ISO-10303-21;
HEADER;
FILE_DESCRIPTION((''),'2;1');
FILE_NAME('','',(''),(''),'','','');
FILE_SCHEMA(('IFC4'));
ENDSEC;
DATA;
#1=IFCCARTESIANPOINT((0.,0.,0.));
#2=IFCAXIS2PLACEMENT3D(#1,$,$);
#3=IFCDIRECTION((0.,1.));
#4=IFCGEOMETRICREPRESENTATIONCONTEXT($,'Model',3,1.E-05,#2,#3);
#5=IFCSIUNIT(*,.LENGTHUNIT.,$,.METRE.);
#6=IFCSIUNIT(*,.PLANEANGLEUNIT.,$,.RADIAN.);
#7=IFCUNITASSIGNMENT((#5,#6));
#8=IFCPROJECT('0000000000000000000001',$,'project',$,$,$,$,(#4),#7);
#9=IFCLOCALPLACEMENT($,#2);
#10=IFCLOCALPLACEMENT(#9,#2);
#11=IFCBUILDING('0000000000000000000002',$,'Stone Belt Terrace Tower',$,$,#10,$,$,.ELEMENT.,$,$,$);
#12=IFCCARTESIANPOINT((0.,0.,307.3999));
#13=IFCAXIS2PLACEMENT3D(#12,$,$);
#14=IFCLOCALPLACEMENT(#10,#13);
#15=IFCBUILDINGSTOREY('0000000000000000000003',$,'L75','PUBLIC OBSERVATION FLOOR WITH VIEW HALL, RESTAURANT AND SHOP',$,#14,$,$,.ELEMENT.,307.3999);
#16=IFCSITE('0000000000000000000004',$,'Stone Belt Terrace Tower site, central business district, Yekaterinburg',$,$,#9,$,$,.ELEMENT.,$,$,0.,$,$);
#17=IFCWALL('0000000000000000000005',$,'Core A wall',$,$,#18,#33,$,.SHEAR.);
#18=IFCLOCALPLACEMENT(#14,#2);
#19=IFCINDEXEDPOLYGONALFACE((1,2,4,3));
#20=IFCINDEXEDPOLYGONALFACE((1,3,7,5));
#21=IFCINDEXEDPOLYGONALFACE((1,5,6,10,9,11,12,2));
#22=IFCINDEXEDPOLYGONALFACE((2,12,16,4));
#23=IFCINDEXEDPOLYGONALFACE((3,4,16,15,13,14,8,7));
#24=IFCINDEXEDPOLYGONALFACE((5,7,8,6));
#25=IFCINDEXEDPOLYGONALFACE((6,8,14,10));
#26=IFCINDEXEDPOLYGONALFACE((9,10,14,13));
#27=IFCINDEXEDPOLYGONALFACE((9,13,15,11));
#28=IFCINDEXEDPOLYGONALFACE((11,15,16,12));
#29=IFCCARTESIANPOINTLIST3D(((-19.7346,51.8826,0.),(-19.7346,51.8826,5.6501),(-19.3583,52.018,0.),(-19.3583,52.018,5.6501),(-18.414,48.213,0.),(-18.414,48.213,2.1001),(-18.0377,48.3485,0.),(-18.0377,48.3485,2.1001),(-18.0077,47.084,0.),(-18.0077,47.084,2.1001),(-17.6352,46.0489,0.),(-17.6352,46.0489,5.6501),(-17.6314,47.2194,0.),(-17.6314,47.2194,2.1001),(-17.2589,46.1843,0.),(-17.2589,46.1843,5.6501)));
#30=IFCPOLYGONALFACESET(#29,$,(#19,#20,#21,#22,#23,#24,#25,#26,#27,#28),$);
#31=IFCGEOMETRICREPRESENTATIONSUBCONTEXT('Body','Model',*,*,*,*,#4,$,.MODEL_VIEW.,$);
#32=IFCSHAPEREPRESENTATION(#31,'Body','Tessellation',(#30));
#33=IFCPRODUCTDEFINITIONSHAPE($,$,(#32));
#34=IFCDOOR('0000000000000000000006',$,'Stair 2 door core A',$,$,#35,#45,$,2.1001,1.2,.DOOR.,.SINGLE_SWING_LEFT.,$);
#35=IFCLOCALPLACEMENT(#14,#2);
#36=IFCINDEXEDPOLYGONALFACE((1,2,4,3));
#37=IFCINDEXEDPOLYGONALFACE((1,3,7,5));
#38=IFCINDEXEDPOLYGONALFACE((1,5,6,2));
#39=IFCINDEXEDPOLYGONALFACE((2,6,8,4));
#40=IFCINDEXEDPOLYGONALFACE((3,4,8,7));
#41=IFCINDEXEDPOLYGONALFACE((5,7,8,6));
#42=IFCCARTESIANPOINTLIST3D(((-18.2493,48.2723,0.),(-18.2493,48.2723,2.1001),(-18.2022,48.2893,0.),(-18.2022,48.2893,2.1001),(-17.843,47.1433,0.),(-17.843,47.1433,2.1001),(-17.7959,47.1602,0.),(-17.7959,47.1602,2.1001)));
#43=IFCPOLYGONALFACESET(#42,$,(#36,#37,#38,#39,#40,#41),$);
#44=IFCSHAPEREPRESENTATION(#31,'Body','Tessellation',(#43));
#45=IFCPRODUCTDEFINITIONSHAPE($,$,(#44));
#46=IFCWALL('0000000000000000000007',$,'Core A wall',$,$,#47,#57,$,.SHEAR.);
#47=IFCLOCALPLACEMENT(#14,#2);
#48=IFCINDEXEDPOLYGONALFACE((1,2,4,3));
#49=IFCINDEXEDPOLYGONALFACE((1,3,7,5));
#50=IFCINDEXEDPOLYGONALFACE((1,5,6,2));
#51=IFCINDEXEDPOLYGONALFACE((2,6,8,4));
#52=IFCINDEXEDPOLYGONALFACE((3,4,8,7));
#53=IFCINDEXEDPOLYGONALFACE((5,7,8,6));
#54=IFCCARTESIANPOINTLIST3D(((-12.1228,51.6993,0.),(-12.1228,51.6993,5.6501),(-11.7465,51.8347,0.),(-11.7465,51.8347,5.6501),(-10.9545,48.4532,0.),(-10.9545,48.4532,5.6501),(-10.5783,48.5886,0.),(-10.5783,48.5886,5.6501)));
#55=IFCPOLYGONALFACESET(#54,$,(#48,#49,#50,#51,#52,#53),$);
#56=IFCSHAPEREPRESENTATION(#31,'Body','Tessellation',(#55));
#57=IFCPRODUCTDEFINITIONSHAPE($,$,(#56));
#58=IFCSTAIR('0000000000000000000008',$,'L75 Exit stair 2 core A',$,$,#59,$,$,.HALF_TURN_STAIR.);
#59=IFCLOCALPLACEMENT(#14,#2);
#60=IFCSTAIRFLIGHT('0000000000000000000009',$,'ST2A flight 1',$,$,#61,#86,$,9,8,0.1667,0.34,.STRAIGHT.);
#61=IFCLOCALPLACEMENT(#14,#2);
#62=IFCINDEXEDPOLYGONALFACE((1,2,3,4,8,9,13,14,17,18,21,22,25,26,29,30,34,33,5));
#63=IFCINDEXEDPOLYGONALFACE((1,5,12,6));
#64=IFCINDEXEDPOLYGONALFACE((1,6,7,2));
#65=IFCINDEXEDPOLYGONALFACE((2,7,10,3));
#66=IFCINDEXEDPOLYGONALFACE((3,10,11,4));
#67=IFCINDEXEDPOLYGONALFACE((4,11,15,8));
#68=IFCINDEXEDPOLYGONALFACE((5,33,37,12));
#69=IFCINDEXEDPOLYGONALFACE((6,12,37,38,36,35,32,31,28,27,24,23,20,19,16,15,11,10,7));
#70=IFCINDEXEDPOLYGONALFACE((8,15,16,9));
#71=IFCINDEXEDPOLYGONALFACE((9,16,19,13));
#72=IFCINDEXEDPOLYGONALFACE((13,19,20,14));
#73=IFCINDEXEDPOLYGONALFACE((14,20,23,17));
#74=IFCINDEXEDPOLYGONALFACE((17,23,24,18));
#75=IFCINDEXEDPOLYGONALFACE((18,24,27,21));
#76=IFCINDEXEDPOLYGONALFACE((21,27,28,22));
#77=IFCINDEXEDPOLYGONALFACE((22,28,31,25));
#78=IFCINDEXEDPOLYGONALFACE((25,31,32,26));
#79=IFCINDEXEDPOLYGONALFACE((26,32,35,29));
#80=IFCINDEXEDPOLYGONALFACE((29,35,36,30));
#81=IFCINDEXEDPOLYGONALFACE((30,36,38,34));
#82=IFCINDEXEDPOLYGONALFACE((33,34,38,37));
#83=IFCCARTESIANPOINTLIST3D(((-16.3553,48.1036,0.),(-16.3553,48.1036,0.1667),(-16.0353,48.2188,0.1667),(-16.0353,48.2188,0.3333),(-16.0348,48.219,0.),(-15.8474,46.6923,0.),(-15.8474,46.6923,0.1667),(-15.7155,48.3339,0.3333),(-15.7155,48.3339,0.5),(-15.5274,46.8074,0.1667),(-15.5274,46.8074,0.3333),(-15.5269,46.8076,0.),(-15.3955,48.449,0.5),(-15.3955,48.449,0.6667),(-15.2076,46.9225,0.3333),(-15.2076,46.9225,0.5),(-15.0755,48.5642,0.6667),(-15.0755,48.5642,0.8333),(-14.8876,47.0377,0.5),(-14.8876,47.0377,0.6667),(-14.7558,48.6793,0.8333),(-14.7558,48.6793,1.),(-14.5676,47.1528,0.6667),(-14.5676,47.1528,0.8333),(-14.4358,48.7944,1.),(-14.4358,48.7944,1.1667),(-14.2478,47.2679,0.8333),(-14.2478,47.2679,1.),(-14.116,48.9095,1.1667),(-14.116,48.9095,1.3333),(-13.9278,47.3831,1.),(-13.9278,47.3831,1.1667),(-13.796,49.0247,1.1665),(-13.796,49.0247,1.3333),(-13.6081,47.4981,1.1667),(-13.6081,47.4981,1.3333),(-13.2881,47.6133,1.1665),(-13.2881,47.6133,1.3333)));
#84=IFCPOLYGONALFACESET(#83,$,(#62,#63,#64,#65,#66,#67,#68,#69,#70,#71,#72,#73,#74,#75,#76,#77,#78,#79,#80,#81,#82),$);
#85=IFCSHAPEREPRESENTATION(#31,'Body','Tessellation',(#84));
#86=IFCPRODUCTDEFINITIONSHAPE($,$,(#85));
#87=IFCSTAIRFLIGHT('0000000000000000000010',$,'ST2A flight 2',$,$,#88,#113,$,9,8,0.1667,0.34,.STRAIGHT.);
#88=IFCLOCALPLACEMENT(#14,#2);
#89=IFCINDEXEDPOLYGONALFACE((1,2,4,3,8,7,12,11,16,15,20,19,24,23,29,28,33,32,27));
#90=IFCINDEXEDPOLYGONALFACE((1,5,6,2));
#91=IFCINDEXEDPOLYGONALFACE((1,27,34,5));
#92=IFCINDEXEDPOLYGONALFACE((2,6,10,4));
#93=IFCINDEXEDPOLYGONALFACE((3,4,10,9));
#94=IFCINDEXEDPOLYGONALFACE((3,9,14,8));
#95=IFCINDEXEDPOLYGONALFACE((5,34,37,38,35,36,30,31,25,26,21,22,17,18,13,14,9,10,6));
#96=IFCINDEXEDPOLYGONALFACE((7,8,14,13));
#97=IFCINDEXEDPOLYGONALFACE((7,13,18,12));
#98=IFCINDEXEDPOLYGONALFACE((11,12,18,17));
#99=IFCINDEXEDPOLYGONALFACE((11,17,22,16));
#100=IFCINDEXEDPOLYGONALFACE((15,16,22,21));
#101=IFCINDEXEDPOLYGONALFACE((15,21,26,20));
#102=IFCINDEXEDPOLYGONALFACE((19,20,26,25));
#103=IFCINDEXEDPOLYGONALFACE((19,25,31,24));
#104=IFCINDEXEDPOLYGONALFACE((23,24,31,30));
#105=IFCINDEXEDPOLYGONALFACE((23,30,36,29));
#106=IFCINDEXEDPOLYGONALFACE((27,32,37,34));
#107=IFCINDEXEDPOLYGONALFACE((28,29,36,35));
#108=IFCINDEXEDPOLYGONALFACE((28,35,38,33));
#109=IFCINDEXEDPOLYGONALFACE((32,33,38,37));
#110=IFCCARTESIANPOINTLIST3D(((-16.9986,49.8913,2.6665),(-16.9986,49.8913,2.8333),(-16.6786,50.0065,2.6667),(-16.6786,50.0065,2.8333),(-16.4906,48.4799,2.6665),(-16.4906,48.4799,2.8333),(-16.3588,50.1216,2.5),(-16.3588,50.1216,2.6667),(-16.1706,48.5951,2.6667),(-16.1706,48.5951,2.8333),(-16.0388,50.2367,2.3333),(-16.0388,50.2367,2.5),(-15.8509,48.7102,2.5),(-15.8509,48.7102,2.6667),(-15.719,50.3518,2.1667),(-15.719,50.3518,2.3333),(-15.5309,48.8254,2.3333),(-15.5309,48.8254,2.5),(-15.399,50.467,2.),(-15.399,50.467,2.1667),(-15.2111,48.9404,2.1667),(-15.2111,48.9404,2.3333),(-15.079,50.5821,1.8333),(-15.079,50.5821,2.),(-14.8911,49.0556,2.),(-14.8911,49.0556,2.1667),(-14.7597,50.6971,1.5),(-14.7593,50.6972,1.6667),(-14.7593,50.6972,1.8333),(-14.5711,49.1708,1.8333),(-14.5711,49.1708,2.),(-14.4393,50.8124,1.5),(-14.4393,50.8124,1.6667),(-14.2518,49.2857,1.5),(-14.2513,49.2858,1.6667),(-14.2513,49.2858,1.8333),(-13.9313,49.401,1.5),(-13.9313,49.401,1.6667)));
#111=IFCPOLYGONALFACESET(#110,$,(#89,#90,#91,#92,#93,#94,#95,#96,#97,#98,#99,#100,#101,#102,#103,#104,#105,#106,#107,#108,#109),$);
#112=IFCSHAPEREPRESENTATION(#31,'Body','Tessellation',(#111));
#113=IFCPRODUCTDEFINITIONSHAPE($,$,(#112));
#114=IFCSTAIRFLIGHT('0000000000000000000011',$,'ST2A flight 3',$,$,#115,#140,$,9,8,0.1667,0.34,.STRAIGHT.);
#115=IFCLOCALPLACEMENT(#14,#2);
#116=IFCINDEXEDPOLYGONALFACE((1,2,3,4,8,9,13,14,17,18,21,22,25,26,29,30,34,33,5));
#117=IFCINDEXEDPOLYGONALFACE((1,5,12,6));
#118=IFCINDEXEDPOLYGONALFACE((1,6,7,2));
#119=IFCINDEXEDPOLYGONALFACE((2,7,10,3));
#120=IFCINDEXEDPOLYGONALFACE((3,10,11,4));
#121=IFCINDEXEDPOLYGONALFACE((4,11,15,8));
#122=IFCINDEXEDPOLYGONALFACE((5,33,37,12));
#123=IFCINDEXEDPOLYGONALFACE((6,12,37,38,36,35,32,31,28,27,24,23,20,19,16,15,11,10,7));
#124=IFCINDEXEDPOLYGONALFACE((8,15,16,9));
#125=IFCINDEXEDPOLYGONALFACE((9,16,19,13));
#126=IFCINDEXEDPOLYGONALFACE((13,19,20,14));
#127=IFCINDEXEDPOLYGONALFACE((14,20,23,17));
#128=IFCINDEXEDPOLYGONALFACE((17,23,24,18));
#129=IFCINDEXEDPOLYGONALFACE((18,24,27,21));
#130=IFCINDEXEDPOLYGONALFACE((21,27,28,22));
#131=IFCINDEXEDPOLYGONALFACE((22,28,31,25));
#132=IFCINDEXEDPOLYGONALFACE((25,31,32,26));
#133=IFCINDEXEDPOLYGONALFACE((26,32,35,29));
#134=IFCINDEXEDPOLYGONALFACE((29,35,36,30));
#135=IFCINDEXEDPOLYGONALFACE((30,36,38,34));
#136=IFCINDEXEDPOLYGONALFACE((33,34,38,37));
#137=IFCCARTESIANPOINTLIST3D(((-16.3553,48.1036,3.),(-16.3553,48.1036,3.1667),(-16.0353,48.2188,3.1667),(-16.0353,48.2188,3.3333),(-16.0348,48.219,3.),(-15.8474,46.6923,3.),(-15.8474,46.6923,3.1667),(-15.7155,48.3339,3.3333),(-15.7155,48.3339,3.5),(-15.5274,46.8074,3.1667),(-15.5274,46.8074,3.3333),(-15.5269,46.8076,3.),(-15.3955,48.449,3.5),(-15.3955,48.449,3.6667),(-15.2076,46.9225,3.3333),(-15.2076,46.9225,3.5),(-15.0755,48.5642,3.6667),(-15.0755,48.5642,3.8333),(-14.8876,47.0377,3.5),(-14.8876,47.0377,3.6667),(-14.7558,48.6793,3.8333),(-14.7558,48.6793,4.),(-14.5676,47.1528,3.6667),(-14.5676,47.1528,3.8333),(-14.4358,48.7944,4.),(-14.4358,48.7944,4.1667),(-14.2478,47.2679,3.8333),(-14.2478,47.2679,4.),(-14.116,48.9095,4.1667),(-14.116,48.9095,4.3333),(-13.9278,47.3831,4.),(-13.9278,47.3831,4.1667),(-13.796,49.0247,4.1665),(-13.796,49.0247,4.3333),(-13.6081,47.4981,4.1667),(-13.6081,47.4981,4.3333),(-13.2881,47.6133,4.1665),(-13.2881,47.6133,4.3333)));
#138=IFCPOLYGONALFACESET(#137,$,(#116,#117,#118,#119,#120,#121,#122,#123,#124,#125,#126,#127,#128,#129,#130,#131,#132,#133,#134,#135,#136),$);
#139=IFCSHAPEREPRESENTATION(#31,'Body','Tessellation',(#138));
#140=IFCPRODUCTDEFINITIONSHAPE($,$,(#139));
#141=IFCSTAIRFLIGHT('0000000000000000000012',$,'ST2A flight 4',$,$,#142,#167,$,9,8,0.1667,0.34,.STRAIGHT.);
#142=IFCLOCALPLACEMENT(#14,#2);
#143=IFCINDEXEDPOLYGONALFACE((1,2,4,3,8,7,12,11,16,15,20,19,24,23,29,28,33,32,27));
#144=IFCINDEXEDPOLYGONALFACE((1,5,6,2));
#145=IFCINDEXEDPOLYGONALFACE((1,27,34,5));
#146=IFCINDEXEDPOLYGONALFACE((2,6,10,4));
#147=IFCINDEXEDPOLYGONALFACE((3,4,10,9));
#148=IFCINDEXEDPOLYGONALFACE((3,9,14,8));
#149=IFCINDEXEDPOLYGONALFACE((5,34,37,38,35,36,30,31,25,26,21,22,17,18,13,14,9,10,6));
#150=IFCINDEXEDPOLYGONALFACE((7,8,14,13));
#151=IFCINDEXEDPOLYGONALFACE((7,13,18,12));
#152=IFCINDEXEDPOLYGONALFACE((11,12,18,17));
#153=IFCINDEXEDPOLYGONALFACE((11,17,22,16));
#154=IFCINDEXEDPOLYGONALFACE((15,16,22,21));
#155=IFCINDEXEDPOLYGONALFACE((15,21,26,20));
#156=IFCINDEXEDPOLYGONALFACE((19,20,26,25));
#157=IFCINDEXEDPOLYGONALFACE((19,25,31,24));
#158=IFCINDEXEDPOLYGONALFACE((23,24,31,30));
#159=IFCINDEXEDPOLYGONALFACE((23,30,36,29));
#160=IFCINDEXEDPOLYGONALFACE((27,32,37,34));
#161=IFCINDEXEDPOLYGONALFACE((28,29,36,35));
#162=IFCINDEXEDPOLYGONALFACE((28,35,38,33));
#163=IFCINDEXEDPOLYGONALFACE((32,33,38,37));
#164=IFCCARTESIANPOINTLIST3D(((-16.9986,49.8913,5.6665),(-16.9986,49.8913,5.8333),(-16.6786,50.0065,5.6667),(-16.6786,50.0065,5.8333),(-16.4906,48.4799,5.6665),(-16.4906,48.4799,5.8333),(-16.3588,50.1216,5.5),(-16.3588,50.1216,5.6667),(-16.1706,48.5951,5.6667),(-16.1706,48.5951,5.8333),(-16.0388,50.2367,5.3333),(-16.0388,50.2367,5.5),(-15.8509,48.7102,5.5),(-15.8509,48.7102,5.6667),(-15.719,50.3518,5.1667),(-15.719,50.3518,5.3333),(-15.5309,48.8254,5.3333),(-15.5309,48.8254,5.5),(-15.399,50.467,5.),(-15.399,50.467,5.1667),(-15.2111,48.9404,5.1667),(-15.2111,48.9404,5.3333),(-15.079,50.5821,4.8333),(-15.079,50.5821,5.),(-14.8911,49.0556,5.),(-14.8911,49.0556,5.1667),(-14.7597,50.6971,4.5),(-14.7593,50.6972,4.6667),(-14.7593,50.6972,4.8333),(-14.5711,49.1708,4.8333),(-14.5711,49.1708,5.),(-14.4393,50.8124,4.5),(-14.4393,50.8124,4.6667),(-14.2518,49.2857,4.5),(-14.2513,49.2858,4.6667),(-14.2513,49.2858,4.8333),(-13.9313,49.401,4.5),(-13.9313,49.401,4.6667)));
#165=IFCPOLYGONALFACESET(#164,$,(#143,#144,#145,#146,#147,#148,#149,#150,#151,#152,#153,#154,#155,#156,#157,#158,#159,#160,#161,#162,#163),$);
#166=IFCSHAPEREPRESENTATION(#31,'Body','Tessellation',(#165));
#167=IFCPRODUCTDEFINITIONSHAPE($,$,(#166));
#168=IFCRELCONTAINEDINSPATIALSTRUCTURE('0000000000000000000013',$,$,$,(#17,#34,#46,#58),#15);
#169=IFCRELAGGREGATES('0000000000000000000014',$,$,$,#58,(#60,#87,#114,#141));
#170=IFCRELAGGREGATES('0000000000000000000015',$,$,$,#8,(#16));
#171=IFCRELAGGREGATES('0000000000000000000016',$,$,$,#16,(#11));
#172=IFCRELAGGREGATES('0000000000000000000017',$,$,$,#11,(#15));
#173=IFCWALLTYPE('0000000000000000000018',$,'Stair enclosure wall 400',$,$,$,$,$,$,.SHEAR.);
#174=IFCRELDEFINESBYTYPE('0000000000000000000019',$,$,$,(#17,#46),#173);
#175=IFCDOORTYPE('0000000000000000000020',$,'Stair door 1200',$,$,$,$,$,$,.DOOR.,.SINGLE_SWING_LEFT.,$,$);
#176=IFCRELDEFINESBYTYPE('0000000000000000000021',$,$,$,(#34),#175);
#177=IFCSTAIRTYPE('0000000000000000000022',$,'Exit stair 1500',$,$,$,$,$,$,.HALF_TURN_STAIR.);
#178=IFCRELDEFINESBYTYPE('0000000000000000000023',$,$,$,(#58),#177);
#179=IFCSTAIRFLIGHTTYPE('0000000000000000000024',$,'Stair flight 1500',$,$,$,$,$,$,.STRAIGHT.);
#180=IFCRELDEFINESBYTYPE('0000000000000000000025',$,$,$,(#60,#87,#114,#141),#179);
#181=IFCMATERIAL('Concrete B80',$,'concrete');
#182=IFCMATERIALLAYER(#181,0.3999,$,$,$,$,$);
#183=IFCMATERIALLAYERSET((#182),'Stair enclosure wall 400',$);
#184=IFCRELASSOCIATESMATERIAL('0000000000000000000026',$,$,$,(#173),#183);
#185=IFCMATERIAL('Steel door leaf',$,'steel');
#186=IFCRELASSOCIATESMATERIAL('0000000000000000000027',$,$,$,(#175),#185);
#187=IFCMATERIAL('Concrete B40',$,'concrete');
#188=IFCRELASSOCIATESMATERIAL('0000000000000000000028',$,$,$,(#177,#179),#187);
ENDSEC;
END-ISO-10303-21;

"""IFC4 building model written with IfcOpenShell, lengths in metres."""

from ifc_helpers import new_model, si_unit, direction, frame, frame_2d, origin, place, context, subcontext, project, spatial, polyline, rectangle, outline, extrude, material, layer, layer_set, type_object, element, fill, aggregate, save


model = new_model("IFC4")

# Units and contexts
model_context = context("Model", 3, precision=1e-05, world=origin(), true_north=direction((0.0, 1.0)))
body_context = subcontext(model_context, "Body", "Model", "MODEL_VIEW")
ifc_project = project(units=[si_unit("LENGTHUNIT", "METRE"), si_unit("PLANEANGLEUNIT", "RADIAN")], contexts=[model_context])

# Site, building, storey
site_placement = place(None, origin())
site = spatial("IfcSite", under=ifc_project, at=site_placement, Name="Stone Belt Terrace Tower site, central business district, Yekaterinburg", CompositionType="ELEMENT", RefElevation=0.0)
building_placement = place(site_placement, origin())
building = spatial("IfcBuilding", under=site, at=building_placement, Name="Stone Belt Terrace Tower", CompositionType="ELEMENT")
storey_placement = place(building_placement, frame((0.0, 0.0, 307.3999)))
storey = spatial("IfcBuildingStorey", under=building, at=storey_placement, Name="L75", Description="PUBLIC OBSERVATION FLOOR WITH VIEW HALL, RESTAURANT AND SHOP", CompositionType="ELEMENT", Elevation=307.3999)

# Wall, opening, door
ifc_material_1 = material(Name="Concrete B80", Category="concrete")
ifc_layer_1 = layer(ifc_material_1, 0.3999)
ifc_layer_set_1 = layer_set([ifc_layer_1], Name="Stair enclosure wall 400")
wall_type_1 = type_object("IfcWallType", Name="Stair enclosure wall 400", PredefinedType="SHEAR", material=ifc_layer_set_1)
wall_1_placement = place(storey_placement, frame((-17.447, 46.1165, 0.0), z_axis=(0.0, 0.0, 1.0), x_axis=(-0.338608, 0.940928, 0.0)))
wall_1 = element("IfcWall", 1, at=wall_1_placement, inside=storey, type_object=wall_type_1, Name="Core A wall", PredefinedType="SHEAR", context=body_context, shape_type="SweptSolid", body=[
    extrude(rectangle(XDim=6.2, YDim=0.3999, at=frame_2d((3.1001, 0.0))), origin(), (0.0, 0.0, 1.0), 5.6501),
])
opening_1_placement = place(wall_1_placement, frame((1.1001, 0.0, 0.0)))
opening_1 = element("IfcOpeningElement", 2, at=opening_1_placement, cuts=wall_1, PredefinedType="OPENING", context=body_context, shape_type="SweptSolid", body=[
    extrude(rectangle(XDim=1.2, YDim=2.1001, at=frame_2d((0.6001, 1.05))), frame((0.0, 0.21, 0.0), z_axis=(0.0, -1.0, 0.0), x_axis=(1.0, 0.0, 0.0)), (0.0, 0.0, 1.0), 0.4199),
])
ifc_material_2 = material(Name="Steel door leaf", Category="steel")
door_type_1 = type_object("IfcDoorType", Name="Stair door 1200", OperationType="SINGLE_SWING_LEFT", PredefinedType="DOOR", material=ifc_material_2)
door_1_placement = place(opening_1_placement, origin())
door_1 = element("IfcDoor", 3, at=door_1_placement, inside=storey, type_object=door_type_1, Name="Stair 2 door core A", OperationType="SINGLE_SWING_LEFT", OverallHeight=2.1001, OverallWidth=1.2, PredefinedType="DOOR", context=body_context, shape_type="SweptSolid", body=[
    extrude(rectangle(XDim=1.2, YDim=2.1001, at=frame_2d((0.6001, 1.05))), frame((0.0, 0.0249, 0.0), z_axis=(0.0, -1.0, 0.0), x_axis=(1.0, 0.0, 0.0)), (0.0, 0.0, 1.0), 0.05),
])
fill(opening_1, door_1)

# Wall
wall_2_placement = place(storey_placement, frame((-10.7664, 48.5208, 0.0), z_axis=(0.0, 0.0, 1.0), x_axis=(-0.338622, 0.940923, 0.0)))
element("IfcWall", 4, at=wall_2_placement, inside=storey, type_object=wall_type_1, Name="Core A wall", PredefinedType="SHEAR", context=body_context, shape_type="SweptSolid", body=[
    extrude(rectangle(XDim=3.45, YDim=0.3999, at=frame_2d((1.7251, 0.0))), origin(), (0.0, 0.0, 1.0), 5.6501),
])

# Stair, stair flights
ifc_material_3 = material(Name="Concrete B40", Category="concrete")
stair_type = type_object("IfcStairType", Name="Exit stair 1500", PredefinedType="HALF_TURN_STAIR", material=ifc_material_3)
stair_placement = place(storey_placement, origin())
stair = element("IfcStair", 5, at=stair_placement, inside=storey, type_object=stair_type, Name="L75 Exit stair 2 core A", PredefinedType="HALF_TURN_STAIR")
stair_flight_type = type_object("IfcStairFlightType", Name="Stair flight 1500", PredefinedType="STRAIGHT", material=ifc_material_3)
stair_flight_1_placement = place(storey_placement, frame((-16.1013, 47.3979, 0.0), z_axis=(0.0, 0.0, 1.0), x_axis=(0.940922, 0.338624, 0.0)))
stair_flight_1 = element("IfcStairFlight", 6, at=stair_flight_1_placement, type_object=stair_flight_type, Name="ST2A flight 1", NumberOfRisers=9, NumberOfTreads=8, PredefinedType="STRAIGHT", RiserHeight=0.1667, TreadLength=0.34, context=body_context, shape_type="SweptSolid", body=[
    extrude(outline(polyline([(0.0, 0.0), (0.0, 0.1667), (0.3401, 0.1667), (0.3401, 0.3333), (0.6799, 0.3333), (0.6799, 0.5), (1.02, 0.5), (1.02, 0.6667), (1.3601, 0.6667), (1.3601, 0.8333), (1.7, 0.8333), (1.7, 1.0), (2.04, 1.0), (2.04, 1.1667), (2.3799, 1.1667), (2.3799, 1.3333), (2.72, 1.3333), (2.72, 1.5), (2.72, 1.1665), (0.3406, 0.0), (0.0, 0.0)])), frame((0.0, 0.75, 0.0), z_axis=(0.0, -1.0, 0.0), x_axis=(1.0, 0.0, 0.0)), (0.0, 0.0, 1.0), 1.5),
])
stair_flight_2_placement = place(storey_placement, frame((-14.1853, 50.1067, 1.5), z_axis=(0.0, 0.0, 1.0), x_axis=(-0.940922, -0.338624, 0.0)))
stair_flight_2 = element("IfcStairFlight", 7, at=stair_flight_2_placement, type_object=stair_flight_type, Name="ST2A flight 2", NumberOfRisers=9, NumberOfTreads=8, PredefinedType="STRAIGHT", RiserHeight=0.1667, TreadLength=0.34, context=body_context, shape_type="SweptSolid", body=[
    extrude(outline(polyline([(0.0, 0.0), (0.0, 0.1667), (0.3401, 0.1667), (0.3401, 0.3333), (0.6799, 0.3333), (0.6799, 0.5), (1.02, 0.5), (1.02, 0.6667), (1.3601, 0.6667), (1.3601, 0.8333), (1.7, 0.8333), (1.7, 1.0), (2.04, 1.0), (2.04, 1.1667), (2.3799, 1.1667), (2.3799, 1.3333), (2.72, 1.3333), (2.72, 1.5), (2.72, 1.1665), (0.3406, 0.0), (0.0, 0.0)])), frame((0.0, 0.75, 0.0), z_axis=(0.0, -1.0, 0.0), x_axis=(1.0, 0.0, 0.0)), (0.0, 0.0, 1.0), 1.5),
])
stair_flight_3_placement = place(storey_placement, frame((-16.1013, 47.3979, 3.0), z_axis=(0.0, 0.0, 1.0), x_axis=(0.940922, 0.338624, 0.0)))
stair_flight_3 = element("IfcStairFlight", 8, at=stair_flight_3_placement, type_object=stair_flight_type, Name="ST2A flight 3", NumberOfRisers=9, NumberOfTreads=8, PredefinedType="STRAIGHT", RiserHeight=0.1667, TreadLength=0.34, context=body_context, shape_type="SweptSolid", body=[
    extrude(outline(polyline([(0.0, 0.0), (0.0, 0.1667), (0.3401, 0.1667), (0.3401, 0.3333), (0.6799, 0.3333), (0.6799, 0.5), (1.02, 0.5), (1.02, 0.6667), (1.3601, 0.6667), (1.3601, 0.8333), (1.7, 0.8333), (1.7, 1.0), (2.04, 1.0), (2.04, 1.1667), (2.3799, 1.1667), (2.3799, 1.3333), (2.72, 1.3333), (2.72, 1.5), (2.72, 1.1665), (0.3406, 0.0), (0.0, 0.0)])), frame((0.0, 0.75, 0.0), z_axis=(0.0, -1.0, 0.0), x_axis=(1.0, 0.0, 0.0)), (0.0, 0.0, 1.0), 1.5),
])
stair_flight_4_placement = place(storey_placement, frame((-14.1853, 50.1067, 4.5), z_axis=(0.0, 0.0, 1.0), x_axis=(-0.940922, -0.338624, 0.0)))
stair_flight_4 = element("IfcStairFlight", 9, at=stair_flight_4_placement, type_object=stair_flight_type, Name="ST2A flight 4", NumberOfRisers=9, NumberOfTreads=8, PredefinedType="STRAIGHT", RiserHeight=0.1667, TreadLength=0.34, context=body_context, shape_type="SweptSolid", body=[
    extrude(outline(polyline([(0.0, 0.0), (0.0, 0.1667), (0.3401, 0.1667), (0.3401, 0.3333), (0.6799, 0.3333), (0.6799, 0.5), (1.02, 0.5), (1.02, 0.6667), (1.3601, 0.6667), (1.3601, 0.8333), (1.7, 0.8333), (1.7, 1.0), (2.04, 1.0), (2.04, 1.1667), (2.3799, 1.1667), (2.3799, 1.3333), (2.72, 1.3333), (2.72, 1.5), (2.72, 1.1665), (0.3406, 0.0), (0.0, 0.0)])), frame((0.0, 0.75, 0.0), z_axis=(0.0, -1.0, 0.0), x_axis=(1.0, 0.0, 0.0)), (0.0, 0.0, 1.0), 1.5),
])
aggregate(stair, [stair_flight_1, stair_flight_2, stair_flight_3, stair_flight_4])

save(model, "model.ifc")
